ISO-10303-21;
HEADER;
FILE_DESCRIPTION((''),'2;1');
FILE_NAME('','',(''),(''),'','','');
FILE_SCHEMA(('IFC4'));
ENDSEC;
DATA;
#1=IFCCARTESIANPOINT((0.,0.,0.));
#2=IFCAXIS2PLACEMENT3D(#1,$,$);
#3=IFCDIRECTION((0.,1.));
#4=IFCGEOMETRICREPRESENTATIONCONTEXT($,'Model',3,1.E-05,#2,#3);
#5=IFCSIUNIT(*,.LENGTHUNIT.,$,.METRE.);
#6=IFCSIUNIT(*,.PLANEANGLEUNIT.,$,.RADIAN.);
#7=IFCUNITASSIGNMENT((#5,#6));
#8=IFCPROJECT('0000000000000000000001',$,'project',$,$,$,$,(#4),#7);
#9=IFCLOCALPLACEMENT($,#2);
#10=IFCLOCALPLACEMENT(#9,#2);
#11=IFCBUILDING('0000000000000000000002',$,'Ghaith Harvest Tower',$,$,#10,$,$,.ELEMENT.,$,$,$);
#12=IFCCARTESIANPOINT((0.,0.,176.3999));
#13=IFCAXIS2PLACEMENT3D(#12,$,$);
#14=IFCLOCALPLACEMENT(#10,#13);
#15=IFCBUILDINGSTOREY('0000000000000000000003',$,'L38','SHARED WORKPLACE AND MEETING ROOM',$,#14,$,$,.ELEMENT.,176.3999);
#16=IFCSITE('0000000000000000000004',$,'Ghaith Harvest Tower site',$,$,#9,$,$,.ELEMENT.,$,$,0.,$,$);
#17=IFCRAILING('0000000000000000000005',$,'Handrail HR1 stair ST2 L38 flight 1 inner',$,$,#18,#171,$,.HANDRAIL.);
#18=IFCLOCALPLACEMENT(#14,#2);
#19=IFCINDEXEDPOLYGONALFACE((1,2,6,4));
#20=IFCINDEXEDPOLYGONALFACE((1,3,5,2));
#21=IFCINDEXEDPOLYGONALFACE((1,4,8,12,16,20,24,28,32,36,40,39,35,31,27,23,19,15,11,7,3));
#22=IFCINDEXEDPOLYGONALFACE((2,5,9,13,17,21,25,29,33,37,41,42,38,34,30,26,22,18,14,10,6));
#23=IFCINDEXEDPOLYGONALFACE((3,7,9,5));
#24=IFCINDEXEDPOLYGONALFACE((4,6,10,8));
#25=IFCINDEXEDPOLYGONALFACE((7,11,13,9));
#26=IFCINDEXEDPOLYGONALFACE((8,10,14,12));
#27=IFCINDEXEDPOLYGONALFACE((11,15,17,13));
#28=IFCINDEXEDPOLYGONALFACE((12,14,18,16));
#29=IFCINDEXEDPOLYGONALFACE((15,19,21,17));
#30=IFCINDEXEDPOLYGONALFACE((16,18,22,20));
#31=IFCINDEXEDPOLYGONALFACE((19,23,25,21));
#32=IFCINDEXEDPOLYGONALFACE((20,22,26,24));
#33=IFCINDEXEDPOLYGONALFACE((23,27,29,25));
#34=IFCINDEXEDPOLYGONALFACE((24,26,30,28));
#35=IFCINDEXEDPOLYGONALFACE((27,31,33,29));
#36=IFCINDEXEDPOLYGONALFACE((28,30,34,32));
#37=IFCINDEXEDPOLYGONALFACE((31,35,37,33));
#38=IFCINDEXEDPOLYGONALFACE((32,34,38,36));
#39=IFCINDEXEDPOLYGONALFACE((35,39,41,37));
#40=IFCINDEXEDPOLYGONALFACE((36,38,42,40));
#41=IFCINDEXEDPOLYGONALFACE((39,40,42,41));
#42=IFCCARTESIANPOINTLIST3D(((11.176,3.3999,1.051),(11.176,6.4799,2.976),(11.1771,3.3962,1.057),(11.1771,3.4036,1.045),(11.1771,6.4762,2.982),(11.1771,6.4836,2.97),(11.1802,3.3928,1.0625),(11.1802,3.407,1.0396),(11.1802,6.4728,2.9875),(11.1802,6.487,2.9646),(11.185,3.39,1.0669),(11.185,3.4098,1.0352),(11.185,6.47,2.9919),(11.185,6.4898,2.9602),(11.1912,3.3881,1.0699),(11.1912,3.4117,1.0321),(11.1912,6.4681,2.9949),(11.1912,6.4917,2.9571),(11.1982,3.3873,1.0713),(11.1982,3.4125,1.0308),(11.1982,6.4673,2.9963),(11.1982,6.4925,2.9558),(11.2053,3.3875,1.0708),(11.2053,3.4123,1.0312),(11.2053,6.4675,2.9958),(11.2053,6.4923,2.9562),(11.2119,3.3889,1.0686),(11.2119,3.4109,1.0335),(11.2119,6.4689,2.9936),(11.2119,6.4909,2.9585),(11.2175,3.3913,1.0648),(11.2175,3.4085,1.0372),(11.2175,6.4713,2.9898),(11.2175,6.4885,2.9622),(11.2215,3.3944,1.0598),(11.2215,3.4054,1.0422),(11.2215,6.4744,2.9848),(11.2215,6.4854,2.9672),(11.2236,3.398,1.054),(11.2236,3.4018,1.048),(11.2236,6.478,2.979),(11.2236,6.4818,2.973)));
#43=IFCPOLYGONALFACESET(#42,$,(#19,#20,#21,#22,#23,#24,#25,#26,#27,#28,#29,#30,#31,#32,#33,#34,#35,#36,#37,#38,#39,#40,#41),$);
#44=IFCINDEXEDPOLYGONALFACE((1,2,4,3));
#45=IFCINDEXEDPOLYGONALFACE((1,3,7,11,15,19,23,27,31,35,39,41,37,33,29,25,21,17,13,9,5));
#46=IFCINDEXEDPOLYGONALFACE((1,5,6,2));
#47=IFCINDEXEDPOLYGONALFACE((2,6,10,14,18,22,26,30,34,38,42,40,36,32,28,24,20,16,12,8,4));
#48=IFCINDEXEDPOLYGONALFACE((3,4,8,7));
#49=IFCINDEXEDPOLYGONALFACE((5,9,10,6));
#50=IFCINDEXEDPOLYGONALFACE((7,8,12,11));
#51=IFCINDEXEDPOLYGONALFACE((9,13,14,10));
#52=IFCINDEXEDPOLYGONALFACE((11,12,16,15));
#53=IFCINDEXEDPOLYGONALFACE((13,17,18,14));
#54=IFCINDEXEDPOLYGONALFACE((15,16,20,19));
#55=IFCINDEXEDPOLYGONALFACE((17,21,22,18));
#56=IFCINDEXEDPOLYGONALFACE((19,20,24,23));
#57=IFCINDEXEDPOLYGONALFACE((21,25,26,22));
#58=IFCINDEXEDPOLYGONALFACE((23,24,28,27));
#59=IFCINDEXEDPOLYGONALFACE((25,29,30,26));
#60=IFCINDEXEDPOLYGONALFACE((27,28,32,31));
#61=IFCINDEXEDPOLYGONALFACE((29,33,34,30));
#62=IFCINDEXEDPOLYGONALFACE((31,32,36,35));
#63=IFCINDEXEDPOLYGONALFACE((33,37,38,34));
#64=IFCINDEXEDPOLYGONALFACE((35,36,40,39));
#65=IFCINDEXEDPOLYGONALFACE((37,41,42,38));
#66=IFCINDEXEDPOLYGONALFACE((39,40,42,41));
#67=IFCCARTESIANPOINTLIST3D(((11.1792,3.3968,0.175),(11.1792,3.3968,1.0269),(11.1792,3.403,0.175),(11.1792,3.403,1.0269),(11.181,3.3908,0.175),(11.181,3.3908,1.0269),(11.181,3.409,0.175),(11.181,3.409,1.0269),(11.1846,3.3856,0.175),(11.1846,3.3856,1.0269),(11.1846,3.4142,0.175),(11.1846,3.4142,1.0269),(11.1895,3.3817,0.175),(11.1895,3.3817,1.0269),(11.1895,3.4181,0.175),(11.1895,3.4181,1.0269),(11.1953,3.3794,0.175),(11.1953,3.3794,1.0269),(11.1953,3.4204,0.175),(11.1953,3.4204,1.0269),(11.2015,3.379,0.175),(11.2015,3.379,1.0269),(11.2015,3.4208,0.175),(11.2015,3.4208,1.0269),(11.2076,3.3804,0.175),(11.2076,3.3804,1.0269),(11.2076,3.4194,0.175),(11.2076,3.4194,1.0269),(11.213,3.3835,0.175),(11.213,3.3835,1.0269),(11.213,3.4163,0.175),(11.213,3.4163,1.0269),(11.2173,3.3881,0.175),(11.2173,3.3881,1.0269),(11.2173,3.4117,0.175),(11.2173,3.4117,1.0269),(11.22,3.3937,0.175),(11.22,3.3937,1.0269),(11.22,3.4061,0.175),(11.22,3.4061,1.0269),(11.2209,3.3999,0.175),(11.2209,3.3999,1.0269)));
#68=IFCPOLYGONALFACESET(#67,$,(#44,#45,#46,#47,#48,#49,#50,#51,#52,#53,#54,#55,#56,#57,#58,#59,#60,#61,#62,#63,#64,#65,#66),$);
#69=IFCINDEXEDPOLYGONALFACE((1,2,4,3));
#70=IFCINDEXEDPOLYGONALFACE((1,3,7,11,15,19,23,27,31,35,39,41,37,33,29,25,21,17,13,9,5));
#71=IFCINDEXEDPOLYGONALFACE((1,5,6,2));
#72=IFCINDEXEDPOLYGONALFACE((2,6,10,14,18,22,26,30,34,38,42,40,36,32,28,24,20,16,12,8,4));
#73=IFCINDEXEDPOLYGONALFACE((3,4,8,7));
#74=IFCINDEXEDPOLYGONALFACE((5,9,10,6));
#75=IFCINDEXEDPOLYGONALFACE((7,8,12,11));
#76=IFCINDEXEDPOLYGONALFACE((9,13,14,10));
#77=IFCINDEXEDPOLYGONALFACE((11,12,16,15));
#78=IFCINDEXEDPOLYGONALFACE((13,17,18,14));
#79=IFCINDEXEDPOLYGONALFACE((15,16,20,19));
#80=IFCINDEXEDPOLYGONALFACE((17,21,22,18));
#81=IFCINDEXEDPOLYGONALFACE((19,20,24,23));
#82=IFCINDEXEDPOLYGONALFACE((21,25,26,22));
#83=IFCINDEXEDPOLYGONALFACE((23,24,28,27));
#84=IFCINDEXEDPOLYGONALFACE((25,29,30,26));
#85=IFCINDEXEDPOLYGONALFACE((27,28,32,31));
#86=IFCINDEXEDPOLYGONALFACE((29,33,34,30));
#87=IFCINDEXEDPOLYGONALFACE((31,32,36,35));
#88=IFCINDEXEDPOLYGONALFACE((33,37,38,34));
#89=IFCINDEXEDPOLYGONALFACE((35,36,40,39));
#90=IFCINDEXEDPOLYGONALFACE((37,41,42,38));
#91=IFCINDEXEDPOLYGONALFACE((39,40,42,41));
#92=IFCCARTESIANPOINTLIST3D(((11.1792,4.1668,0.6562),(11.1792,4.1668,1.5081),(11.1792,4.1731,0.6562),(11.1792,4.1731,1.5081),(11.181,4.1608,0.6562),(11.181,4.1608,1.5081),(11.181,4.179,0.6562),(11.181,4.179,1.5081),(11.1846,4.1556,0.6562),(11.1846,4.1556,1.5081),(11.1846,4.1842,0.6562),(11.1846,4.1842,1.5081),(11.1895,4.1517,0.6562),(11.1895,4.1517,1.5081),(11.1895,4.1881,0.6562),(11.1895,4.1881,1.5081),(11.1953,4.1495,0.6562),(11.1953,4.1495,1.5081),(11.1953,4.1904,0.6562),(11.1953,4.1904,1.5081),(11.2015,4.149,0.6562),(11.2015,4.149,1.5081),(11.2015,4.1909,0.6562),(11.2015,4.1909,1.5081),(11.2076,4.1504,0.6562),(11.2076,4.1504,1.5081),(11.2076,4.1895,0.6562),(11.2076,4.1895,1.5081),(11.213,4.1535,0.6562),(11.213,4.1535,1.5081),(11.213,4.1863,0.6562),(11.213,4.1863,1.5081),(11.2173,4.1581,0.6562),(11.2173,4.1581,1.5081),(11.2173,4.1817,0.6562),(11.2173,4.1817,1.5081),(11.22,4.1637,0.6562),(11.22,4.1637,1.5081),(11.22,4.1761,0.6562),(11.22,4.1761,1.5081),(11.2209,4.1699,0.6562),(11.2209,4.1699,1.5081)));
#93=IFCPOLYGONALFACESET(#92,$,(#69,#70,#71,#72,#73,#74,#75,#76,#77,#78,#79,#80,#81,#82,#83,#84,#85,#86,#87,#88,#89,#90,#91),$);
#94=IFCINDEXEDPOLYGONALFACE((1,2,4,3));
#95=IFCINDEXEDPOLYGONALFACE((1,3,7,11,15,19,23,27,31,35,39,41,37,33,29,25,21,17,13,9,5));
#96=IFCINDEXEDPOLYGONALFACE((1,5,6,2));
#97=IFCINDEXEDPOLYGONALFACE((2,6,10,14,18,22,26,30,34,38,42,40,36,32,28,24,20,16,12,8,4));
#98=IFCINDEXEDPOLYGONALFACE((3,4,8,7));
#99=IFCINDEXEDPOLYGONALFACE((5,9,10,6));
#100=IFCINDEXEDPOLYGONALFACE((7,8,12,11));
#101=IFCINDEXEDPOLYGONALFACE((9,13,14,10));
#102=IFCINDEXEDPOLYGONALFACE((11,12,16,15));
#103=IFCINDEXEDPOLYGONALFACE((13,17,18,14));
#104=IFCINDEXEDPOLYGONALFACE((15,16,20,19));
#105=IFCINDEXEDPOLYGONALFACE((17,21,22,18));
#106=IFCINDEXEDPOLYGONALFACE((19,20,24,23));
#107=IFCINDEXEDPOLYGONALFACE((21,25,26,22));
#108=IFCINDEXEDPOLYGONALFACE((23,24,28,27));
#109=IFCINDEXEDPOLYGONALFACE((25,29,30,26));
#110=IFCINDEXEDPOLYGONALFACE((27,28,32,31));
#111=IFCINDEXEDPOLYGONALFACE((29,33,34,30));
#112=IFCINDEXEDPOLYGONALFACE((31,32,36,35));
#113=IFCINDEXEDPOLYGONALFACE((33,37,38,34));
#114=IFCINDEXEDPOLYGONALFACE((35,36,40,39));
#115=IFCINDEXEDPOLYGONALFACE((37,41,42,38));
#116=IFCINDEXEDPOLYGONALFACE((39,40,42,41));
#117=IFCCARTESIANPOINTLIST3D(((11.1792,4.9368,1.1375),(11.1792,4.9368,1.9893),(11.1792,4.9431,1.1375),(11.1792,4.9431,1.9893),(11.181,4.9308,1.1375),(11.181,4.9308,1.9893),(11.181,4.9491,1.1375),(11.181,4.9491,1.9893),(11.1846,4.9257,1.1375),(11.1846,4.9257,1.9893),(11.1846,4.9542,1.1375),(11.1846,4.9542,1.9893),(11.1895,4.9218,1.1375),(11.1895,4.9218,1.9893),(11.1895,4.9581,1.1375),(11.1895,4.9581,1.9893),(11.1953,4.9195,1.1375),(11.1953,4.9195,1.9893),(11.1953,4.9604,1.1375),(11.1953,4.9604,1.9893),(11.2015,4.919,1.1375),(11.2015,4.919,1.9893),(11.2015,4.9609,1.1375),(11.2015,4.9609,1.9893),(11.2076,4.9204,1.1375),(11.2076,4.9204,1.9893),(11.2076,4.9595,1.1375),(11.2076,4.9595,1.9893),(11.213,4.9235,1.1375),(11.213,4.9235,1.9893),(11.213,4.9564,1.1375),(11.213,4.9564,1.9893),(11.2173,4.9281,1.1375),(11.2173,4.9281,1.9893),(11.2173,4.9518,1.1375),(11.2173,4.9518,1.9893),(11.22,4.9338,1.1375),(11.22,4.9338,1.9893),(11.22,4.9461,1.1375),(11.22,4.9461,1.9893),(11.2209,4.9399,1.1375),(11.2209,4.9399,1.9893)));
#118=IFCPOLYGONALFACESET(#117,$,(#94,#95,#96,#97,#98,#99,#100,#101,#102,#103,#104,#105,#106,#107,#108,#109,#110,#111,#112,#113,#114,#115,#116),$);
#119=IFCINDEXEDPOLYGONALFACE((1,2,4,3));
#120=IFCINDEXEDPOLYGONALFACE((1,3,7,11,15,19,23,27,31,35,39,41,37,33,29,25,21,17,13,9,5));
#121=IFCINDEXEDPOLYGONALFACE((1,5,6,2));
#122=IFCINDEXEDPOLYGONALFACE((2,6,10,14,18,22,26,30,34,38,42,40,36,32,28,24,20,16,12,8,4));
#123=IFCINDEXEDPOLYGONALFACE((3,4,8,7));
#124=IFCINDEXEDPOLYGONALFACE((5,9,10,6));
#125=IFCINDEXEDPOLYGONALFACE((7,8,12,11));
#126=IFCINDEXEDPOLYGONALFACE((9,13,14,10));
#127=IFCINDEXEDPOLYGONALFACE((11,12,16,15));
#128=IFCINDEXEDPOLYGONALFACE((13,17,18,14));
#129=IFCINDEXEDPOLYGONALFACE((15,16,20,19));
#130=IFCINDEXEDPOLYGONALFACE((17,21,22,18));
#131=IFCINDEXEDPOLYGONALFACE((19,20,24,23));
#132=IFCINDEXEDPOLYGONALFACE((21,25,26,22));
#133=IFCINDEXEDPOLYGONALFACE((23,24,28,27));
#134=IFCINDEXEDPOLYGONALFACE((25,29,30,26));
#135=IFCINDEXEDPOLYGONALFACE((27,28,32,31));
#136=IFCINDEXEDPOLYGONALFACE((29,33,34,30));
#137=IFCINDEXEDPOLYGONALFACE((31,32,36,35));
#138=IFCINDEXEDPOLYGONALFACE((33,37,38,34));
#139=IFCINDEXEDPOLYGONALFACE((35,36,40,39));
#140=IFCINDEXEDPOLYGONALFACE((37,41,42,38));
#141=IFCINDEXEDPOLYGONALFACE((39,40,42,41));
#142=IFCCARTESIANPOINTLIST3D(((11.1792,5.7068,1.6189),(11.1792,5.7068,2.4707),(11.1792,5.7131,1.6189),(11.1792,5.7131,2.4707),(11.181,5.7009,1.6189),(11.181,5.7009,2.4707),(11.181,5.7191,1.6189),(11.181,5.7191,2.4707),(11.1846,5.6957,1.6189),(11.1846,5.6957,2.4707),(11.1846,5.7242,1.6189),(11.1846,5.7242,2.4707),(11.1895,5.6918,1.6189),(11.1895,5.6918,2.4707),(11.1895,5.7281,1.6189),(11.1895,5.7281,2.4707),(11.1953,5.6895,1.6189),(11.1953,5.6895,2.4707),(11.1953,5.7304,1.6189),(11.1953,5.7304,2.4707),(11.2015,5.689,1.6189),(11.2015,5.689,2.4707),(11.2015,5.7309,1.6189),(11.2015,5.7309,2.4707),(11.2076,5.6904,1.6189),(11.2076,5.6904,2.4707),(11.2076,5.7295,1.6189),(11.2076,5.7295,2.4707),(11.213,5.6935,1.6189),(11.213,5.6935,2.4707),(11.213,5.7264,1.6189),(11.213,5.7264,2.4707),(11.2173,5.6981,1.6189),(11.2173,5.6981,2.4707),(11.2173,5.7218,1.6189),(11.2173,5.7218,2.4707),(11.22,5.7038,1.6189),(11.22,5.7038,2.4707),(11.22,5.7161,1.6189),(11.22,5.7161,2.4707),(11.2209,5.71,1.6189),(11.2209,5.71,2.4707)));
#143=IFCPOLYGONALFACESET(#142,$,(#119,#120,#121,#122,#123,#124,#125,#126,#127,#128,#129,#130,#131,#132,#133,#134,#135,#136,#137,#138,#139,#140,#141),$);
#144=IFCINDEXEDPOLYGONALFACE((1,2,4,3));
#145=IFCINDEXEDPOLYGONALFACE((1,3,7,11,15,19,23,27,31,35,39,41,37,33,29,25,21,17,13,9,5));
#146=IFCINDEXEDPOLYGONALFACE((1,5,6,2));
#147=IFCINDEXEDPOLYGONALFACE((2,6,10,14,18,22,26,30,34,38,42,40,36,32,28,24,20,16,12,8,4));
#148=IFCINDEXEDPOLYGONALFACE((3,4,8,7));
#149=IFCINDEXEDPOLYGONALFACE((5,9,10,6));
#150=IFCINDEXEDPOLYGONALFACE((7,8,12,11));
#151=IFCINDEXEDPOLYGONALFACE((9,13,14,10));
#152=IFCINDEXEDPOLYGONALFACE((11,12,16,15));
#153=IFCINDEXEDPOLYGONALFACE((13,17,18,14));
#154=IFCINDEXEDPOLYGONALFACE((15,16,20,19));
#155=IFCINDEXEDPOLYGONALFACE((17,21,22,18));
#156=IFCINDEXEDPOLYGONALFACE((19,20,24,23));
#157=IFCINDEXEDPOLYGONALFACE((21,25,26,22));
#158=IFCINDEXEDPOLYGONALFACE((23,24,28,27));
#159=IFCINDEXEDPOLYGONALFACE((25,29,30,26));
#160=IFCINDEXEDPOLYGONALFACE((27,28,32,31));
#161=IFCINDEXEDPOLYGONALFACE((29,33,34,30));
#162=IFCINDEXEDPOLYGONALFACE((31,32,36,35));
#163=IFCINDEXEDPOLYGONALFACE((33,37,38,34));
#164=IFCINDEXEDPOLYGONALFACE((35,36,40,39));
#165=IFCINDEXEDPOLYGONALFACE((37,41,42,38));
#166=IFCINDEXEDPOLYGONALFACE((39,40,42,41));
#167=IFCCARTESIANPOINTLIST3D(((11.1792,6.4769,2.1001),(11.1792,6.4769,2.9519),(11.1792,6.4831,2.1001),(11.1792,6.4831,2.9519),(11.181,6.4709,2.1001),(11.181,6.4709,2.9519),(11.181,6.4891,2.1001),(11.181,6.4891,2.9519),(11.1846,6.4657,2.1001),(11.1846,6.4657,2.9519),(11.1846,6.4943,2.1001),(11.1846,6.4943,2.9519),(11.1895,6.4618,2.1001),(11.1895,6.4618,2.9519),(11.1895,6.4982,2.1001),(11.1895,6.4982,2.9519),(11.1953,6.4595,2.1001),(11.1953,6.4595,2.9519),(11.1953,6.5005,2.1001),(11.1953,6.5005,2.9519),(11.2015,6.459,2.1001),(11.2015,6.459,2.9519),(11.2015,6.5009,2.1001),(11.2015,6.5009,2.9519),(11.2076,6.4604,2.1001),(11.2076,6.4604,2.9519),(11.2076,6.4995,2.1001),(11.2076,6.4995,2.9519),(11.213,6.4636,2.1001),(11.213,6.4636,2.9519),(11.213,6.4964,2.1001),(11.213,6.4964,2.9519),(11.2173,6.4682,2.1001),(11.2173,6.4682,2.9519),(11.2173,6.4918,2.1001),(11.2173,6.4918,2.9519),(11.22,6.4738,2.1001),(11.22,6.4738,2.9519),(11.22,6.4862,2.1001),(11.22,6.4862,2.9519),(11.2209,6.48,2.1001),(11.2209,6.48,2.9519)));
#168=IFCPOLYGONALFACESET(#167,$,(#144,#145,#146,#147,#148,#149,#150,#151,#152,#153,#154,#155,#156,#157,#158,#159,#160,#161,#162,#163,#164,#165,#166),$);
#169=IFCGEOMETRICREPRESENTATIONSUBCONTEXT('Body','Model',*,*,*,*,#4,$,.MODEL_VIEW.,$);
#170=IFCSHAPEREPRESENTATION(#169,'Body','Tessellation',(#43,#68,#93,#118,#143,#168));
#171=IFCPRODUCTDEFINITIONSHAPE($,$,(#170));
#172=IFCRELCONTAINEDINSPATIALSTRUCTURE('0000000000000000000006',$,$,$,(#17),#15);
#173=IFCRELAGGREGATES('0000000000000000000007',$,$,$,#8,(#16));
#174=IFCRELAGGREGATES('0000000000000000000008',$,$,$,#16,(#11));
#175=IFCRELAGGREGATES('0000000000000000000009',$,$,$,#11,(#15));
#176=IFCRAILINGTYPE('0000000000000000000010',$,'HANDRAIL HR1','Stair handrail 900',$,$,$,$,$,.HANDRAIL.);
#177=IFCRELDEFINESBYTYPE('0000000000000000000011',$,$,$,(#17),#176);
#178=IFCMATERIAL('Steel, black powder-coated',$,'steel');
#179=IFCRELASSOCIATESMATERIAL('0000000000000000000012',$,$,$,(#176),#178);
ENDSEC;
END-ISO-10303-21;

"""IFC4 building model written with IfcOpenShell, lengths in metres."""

from ifc_helpers import new_model, si_unit, direction, frame, origin, origin_2d, place, context, subcontext, project, spatial, circle, extrude, material, type_object, element, save


model = new_model("IFC4")

# Units and contexts
model_context = context("Model", 3, precision=1e-05, world=origin(), true_north=direction((0.0, 1.0)))
body_context = subcontext(model_context, "Body", "Model", "MODEL_VIEW")
ifc_project = project(units=[si_unit("LENGTHUNIT", "METRE"), si_unit("PLANEANGLEUNIT", "RADIAN")], contexts=[model_context])

# Site, building, storey
site_placement = place(None, origin())
site = spatial("IfcSite", under=ifc_project, at=site_placement, Name="Ghaith Harvest Tower site", CompositionType="ELEMENT", RefElevation=0.0)
building_placement = place(site_placement, origin())
building = spatial("IfcBuilding", under=site, at=building_placement, Name="Ghaith Harvest Tower", CompositionType="ELEMENT")
storey_placement = place(building_placement, frame((0.0, 0.0, 176.3999)))
storey = spatial("IfcBuildingStorey", under=building, at=storey_placement, Name="L38", Description="SHARED WORKPLACE AND MEETING ROOM", CompositionType="ELEMENT", Elevation=176.3999)

# Railing
ifc_material_1 = material(Name="Steel, black powder-coated", Category="steel")
railing_type = type_object("IfcRailingType", Name="HANDRAIL HR1", Description="Stair handrail 900", PredefinedType="HANDRAIL", material=ifc_material_1)
railing_1_placement = place(storey_placement, frame((11.2, 3.3999, 0.175)))
element("IfcRailing", 1, at=railing_1_placement, inside=storey, type_object=railing_type, Name="Handrail HR1 stair ST2 L38 flight 1 inner", PredefinedType="HANDRAIL", context=body_context, shape_type="SweptSolid", body=[
    extrude(circle(Radius=0.0239, at=origin_2d()), frame((0.0, 0.0, 0.876), z_axis=(0.0, 0.847998, 0.529999), x_axis=(-1.0, 0.0, 0.0)), (0.0, 0.0, 1.0), 3.6321),
    extrude(circle(Radius=0.021, at=origin_2d()), origin(), (0.0, 0.0, 1.0), 0.8518),
    extrude(circle(Radius=0.021, at=origin_2d()), frame((0.0, 0.77, 0.4812)), (0.0, 0.0, 1.0), 0.8518),
    extrude(circle(Radius=0.021, at=origin_2d()), frame((0.0, 1.54, 0.9624)), (0.0, 0.0, 1.0), 0.8518),
    extrude(circle(Radius=0.021, at=origin_2d()), frame((0.0, 2.3101, 1.4438)), (0.0, 0.0, 1.0), 0.8518),
    extrude(circle(Radius=0.021, at=origin_2d()), frame((0.0, 3.0801, 1.925)), (0.0, 0.0, 1.0), 0.8518),
])

save(model, "model.ifc")
